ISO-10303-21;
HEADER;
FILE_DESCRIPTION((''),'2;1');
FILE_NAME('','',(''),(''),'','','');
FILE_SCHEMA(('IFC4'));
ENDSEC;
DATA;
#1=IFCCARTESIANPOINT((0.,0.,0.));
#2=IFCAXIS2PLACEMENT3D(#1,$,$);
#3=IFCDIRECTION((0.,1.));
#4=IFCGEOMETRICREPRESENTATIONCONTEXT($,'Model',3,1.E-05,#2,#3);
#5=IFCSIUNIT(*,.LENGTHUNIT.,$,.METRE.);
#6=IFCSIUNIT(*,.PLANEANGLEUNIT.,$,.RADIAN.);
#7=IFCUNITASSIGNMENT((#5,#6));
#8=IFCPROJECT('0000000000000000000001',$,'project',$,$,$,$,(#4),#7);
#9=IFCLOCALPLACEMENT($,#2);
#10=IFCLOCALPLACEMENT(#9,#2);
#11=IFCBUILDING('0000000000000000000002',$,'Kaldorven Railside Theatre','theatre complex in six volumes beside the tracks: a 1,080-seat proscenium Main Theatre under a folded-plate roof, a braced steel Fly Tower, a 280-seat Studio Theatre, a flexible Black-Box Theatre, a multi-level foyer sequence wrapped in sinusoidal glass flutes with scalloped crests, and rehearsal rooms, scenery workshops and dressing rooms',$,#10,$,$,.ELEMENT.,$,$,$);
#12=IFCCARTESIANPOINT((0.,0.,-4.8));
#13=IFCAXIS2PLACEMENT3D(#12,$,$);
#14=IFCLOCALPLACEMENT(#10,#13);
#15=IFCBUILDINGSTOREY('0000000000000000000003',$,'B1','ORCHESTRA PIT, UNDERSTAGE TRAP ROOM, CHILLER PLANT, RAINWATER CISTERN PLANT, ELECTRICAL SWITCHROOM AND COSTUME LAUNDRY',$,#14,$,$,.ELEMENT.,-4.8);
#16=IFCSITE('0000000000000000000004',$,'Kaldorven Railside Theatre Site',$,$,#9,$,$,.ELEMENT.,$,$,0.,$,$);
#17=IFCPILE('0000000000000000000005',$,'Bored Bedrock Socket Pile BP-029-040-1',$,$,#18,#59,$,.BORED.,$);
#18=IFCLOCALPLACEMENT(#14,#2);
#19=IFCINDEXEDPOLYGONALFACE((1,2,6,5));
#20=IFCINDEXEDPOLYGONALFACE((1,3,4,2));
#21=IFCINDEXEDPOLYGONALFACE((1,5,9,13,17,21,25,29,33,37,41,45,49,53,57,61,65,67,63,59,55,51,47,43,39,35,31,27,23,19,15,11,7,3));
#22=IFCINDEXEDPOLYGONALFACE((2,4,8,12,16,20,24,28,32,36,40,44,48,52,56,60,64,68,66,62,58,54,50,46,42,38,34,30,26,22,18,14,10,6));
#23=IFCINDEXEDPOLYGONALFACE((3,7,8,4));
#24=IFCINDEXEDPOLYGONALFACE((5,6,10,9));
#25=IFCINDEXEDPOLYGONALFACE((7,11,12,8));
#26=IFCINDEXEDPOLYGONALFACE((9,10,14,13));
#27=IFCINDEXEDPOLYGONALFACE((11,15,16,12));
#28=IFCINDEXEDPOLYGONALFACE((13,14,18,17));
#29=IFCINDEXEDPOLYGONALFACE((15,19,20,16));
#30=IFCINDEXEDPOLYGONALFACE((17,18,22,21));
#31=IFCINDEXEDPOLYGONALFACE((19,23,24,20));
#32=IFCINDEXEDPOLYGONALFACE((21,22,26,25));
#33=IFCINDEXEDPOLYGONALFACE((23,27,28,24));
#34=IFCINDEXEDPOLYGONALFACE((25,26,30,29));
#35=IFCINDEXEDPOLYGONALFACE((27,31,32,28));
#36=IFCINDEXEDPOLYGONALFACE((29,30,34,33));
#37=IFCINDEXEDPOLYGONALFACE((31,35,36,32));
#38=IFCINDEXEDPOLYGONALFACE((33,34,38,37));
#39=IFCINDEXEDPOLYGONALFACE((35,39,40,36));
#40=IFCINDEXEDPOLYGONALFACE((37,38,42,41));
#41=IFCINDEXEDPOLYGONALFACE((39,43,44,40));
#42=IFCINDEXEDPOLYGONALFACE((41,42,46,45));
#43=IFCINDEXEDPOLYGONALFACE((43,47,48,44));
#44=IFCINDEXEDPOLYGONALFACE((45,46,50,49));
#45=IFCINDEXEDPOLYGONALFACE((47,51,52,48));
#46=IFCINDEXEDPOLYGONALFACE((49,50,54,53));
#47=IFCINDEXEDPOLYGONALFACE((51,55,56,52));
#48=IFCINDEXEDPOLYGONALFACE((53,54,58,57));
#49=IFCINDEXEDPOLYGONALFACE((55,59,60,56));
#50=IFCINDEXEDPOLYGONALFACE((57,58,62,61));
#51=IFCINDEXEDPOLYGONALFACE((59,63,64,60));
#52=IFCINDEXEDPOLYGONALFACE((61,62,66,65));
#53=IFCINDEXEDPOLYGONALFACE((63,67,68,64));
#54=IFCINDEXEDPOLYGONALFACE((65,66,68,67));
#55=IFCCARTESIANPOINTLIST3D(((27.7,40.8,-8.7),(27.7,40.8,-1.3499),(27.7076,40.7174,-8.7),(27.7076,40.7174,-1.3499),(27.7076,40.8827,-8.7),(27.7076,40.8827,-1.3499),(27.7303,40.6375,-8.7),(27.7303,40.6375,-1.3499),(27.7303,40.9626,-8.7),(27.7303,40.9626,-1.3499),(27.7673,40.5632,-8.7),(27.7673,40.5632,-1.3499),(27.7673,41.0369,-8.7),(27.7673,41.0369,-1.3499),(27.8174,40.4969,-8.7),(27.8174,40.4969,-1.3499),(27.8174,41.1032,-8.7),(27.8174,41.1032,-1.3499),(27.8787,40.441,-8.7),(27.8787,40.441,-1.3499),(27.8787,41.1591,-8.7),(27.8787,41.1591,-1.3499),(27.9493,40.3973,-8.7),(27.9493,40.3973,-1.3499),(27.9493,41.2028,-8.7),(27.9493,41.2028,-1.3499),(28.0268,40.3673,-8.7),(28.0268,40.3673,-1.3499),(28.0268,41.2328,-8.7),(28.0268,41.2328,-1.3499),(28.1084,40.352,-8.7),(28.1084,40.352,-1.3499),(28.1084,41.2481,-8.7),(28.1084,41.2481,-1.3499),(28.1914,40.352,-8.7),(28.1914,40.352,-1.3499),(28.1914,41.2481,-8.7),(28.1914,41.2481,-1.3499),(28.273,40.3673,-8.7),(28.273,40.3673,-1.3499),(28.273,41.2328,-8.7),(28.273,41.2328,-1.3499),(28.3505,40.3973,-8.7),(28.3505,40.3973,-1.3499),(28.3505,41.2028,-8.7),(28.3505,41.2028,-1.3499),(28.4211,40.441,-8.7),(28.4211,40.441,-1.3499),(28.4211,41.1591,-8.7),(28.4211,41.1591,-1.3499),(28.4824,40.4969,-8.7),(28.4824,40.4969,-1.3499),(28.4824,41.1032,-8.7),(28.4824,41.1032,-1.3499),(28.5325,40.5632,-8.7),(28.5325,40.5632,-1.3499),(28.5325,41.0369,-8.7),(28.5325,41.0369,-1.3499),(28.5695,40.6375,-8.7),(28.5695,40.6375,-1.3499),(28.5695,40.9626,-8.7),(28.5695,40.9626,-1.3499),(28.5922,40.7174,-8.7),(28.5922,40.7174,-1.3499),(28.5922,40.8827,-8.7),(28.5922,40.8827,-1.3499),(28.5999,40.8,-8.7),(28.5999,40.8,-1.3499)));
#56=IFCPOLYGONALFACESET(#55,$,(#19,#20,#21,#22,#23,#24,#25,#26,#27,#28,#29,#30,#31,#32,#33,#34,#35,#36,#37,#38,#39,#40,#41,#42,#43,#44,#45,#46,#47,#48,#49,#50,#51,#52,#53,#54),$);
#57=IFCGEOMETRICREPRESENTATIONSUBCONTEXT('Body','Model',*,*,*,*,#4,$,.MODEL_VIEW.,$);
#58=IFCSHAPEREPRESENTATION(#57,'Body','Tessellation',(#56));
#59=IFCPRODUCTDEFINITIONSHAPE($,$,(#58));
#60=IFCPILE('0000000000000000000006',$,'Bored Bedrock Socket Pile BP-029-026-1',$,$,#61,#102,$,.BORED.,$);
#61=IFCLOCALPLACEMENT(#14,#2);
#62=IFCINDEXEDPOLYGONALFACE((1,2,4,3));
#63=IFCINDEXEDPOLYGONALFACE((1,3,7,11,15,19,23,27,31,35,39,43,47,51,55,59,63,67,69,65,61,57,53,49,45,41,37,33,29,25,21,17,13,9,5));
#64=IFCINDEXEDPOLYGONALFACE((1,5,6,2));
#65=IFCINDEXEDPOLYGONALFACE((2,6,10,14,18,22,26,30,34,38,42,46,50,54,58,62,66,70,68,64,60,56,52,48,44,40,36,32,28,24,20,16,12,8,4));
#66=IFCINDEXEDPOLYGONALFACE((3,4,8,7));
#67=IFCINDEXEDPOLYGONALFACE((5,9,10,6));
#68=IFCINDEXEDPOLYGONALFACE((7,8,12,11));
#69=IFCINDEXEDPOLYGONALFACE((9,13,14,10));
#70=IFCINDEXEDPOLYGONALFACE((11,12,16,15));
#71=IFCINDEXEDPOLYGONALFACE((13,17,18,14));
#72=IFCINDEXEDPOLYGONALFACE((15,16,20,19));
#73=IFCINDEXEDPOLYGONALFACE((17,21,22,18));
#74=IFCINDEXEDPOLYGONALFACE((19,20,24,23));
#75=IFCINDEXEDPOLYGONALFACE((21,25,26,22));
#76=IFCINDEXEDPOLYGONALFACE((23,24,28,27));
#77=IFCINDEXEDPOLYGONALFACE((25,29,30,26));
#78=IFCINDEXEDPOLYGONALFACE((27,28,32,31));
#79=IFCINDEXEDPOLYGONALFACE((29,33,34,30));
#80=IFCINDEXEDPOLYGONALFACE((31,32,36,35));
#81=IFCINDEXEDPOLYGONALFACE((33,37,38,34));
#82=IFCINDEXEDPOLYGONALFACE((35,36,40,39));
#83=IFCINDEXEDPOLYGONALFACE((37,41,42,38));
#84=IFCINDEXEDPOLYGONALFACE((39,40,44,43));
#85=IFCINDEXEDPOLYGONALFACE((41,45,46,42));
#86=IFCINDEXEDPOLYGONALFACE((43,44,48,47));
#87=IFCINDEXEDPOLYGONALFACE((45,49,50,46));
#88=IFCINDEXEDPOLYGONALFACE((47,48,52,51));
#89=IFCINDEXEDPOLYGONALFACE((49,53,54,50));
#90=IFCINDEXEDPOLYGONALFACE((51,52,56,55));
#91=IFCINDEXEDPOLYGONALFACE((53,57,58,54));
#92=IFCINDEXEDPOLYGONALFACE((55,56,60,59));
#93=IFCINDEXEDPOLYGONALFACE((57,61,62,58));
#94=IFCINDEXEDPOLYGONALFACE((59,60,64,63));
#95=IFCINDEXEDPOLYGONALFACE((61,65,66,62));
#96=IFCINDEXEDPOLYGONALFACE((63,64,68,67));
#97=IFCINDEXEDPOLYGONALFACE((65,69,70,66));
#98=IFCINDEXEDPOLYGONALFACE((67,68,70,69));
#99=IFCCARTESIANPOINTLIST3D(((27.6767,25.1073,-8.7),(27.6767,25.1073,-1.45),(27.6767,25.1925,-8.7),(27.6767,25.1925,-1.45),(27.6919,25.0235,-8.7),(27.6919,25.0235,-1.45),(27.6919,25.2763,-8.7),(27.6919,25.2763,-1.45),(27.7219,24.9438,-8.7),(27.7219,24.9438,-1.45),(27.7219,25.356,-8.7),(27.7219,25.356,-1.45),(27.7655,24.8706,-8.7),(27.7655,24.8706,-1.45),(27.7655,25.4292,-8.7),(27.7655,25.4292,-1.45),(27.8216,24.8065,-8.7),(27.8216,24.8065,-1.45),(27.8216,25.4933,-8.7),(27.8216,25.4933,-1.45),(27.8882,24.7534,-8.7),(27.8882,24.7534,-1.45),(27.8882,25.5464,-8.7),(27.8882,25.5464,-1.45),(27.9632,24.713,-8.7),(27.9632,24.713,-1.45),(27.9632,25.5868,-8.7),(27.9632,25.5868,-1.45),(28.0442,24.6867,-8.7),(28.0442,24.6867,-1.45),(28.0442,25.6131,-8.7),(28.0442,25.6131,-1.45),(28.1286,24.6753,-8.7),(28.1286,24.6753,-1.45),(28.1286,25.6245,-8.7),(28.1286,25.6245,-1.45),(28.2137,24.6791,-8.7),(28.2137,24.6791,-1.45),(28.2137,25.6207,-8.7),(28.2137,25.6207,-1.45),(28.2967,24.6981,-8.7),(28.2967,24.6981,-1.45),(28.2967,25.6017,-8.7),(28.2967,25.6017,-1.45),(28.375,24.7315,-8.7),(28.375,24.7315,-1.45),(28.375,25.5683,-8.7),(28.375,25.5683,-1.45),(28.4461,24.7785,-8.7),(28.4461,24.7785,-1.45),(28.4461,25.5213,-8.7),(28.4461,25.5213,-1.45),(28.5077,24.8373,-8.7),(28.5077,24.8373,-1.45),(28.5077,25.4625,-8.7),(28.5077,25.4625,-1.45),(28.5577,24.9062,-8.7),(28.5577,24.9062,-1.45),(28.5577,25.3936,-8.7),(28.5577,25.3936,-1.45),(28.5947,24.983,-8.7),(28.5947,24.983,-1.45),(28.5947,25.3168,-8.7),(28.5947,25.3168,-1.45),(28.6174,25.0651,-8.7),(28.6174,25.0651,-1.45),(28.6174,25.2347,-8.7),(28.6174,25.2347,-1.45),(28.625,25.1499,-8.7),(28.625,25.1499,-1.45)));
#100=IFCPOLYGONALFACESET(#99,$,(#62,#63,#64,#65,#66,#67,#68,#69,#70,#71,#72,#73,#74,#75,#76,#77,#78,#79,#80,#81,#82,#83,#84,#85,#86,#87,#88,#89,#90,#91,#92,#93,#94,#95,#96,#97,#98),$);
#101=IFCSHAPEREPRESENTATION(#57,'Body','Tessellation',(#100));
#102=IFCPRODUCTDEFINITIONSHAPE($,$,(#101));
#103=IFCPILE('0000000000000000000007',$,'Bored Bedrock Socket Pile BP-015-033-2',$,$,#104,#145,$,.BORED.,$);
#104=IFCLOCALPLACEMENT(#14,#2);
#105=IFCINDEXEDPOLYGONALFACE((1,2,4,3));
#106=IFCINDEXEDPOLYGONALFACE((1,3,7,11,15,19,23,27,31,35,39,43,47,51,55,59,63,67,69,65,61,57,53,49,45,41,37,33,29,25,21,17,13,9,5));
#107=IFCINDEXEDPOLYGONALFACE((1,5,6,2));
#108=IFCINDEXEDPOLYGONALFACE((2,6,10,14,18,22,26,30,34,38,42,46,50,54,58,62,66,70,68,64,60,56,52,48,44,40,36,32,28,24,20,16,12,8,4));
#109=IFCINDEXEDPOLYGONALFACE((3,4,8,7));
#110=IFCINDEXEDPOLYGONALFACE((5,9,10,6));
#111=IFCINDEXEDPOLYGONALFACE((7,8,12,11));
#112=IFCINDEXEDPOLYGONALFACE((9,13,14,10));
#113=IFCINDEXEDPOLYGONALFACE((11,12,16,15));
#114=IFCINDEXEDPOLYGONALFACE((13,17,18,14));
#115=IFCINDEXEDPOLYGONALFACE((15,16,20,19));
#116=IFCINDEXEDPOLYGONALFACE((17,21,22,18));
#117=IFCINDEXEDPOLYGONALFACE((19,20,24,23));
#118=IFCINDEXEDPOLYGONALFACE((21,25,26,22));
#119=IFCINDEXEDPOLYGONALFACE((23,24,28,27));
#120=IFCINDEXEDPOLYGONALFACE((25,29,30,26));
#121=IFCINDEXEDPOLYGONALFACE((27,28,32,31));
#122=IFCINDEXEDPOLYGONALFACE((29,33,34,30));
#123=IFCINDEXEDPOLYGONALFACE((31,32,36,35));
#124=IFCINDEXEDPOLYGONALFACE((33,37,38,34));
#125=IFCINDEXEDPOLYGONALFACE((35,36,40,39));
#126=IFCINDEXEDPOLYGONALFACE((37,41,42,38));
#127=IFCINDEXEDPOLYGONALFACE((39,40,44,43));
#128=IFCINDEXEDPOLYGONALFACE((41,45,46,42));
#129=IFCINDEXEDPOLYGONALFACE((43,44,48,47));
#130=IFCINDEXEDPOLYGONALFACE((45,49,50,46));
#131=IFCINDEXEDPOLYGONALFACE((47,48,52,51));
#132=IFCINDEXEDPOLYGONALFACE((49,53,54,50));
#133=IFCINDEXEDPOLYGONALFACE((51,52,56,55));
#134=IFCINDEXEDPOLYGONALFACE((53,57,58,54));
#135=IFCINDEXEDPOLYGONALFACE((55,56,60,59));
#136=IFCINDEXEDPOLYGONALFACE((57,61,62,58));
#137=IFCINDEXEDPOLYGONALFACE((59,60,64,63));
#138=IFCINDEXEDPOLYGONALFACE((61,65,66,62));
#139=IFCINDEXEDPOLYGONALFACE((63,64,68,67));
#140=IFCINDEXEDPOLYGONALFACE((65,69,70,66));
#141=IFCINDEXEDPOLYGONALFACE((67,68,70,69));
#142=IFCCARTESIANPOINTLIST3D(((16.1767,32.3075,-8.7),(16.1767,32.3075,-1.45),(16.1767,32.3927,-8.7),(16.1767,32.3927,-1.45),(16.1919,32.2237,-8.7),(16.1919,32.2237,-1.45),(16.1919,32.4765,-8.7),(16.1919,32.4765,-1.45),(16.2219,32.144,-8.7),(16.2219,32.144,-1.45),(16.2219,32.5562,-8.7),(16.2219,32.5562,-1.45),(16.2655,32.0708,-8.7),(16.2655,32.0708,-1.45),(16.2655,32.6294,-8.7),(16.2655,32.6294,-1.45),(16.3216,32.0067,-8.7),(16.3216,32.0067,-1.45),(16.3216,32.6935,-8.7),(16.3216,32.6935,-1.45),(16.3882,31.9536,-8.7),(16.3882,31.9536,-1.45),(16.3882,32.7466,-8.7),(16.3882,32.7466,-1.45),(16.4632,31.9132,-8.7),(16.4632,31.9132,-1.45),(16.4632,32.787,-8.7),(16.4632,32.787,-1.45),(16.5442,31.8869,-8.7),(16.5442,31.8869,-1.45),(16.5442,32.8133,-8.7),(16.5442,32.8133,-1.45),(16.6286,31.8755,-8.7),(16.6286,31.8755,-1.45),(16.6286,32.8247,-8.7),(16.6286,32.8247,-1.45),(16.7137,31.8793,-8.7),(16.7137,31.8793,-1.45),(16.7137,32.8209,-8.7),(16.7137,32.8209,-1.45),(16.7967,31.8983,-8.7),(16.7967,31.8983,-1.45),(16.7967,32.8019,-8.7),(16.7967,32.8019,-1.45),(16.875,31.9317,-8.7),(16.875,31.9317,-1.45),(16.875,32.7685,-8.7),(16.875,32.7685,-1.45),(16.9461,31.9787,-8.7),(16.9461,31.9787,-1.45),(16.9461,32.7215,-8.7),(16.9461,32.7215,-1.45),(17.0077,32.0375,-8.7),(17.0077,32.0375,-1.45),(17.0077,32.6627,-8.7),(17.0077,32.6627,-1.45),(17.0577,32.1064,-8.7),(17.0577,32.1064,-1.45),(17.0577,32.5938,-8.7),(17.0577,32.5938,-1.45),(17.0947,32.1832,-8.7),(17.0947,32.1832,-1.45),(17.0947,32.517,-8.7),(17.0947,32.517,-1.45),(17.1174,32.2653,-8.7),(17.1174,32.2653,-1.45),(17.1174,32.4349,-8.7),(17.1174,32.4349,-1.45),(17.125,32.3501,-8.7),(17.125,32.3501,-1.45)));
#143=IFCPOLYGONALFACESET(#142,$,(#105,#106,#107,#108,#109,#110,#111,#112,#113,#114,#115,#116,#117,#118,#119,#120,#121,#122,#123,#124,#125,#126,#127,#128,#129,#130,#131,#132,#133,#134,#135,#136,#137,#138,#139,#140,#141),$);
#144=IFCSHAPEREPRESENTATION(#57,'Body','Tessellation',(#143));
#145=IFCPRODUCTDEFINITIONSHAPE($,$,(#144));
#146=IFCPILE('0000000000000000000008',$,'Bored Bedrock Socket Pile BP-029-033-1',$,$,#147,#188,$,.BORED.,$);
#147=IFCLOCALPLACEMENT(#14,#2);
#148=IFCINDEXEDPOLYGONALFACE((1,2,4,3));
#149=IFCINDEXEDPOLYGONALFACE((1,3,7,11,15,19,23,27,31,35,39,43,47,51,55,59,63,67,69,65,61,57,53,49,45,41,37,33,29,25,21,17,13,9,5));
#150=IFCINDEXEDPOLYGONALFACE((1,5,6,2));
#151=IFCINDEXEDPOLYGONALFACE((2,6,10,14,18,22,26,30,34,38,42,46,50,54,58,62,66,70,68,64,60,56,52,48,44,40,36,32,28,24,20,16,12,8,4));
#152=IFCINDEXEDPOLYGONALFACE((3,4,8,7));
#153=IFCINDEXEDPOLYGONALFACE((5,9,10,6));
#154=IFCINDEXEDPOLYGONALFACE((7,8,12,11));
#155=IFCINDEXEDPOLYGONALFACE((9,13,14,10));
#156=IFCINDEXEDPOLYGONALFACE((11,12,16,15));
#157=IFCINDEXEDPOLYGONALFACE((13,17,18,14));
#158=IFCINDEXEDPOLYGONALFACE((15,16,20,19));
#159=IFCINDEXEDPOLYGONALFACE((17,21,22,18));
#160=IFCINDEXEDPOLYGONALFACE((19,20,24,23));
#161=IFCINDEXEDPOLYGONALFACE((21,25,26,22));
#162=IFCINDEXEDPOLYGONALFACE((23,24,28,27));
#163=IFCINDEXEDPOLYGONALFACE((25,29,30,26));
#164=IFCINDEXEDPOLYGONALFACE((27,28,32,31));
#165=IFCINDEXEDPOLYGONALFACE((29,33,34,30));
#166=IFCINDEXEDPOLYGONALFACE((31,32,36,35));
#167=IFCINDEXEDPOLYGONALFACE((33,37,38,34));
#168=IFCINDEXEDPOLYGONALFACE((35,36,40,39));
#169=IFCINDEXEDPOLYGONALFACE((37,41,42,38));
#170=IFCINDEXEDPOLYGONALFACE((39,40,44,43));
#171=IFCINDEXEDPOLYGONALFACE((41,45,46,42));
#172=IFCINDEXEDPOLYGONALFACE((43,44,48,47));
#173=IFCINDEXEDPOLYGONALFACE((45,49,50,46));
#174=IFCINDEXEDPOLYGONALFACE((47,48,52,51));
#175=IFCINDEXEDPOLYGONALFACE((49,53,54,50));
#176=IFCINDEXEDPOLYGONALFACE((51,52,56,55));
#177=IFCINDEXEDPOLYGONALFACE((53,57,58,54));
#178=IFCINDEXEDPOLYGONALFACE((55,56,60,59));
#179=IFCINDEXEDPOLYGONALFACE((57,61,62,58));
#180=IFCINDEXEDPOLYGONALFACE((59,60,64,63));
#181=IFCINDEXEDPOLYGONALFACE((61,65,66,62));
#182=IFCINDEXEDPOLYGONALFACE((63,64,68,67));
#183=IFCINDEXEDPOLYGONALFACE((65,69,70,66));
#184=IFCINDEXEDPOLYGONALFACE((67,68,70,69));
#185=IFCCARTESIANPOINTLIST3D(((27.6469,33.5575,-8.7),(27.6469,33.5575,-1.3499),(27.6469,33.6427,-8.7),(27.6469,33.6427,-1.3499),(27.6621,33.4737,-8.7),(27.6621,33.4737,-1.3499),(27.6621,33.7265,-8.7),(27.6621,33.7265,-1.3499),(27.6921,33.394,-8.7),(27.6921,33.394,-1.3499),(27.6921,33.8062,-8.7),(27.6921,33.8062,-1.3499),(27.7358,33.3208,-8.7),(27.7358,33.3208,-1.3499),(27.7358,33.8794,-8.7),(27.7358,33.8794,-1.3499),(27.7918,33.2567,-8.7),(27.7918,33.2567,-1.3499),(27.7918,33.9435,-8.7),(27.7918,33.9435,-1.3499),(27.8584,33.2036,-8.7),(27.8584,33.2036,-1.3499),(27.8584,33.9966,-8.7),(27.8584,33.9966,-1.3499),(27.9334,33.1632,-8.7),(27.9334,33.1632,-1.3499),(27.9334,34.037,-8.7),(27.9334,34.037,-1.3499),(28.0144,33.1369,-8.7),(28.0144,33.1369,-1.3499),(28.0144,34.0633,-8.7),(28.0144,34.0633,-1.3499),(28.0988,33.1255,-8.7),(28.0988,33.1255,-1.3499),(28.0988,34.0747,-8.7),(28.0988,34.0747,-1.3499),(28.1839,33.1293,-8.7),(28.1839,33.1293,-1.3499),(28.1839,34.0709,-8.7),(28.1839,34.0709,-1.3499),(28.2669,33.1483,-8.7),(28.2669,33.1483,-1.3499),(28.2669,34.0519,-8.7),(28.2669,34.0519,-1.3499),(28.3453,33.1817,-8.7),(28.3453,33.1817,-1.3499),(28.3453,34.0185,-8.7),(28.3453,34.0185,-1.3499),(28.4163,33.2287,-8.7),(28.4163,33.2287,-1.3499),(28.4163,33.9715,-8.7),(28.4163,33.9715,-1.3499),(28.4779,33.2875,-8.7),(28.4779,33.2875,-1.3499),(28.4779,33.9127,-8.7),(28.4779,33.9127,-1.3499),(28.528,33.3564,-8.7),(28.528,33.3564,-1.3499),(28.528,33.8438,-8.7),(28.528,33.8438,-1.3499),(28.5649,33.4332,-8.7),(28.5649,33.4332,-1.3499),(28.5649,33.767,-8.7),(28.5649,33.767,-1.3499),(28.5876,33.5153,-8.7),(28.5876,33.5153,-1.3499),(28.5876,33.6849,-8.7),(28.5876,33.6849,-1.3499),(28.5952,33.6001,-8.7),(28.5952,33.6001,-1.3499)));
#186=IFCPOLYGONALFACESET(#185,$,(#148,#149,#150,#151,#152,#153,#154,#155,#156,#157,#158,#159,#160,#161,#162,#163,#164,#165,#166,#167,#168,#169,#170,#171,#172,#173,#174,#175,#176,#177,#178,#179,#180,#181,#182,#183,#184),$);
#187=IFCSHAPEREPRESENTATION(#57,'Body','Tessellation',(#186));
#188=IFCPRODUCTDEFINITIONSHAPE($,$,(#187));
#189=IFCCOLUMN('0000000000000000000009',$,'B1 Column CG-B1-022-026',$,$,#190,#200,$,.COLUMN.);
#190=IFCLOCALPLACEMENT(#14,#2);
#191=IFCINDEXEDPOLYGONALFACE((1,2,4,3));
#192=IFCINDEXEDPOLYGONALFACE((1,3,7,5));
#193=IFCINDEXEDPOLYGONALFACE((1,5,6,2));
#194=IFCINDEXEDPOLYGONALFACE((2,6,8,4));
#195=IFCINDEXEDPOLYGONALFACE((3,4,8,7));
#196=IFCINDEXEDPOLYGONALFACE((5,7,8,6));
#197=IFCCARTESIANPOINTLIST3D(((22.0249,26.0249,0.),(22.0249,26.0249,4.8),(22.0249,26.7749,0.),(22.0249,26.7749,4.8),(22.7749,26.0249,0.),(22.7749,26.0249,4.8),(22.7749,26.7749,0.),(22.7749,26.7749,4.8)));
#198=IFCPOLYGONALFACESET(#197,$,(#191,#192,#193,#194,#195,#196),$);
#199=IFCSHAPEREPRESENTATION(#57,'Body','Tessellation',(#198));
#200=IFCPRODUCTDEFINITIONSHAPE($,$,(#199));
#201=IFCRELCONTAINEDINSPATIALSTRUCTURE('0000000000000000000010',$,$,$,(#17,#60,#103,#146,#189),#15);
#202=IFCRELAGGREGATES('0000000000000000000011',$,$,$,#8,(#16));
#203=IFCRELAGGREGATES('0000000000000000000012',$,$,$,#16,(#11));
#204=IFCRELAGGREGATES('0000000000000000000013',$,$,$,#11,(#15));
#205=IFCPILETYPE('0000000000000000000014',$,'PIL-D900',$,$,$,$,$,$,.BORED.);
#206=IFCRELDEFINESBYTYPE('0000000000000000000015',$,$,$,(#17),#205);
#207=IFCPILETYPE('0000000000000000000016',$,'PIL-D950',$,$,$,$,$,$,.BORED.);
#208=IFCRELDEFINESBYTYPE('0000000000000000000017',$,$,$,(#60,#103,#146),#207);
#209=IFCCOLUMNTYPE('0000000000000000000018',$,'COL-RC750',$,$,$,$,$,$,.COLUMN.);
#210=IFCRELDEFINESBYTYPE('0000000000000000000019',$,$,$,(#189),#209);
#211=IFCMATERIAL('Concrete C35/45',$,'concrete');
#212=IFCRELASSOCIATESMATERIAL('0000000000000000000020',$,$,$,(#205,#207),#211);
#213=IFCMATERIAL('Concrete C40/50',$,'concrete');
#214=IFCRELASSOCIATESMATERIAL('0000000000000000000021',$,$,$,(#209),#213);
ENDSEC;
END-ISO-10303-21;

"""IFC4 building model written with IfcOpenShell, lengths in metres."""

from ifc_helpers import new_model, si_unit, direction, frame, origin, origin_2d, place, context, subcontext, project, spatial, rectangle, circle, extrude, material, material_profile, profile_set, type_object, element, save


model = new_model("IFC4")

# Units and contexts
model_context = context("Model", 3, precision=1e-05, world=origin(), true_north=direction((0.0, 1.0)))
body_context = subcontext(model_context, "Body", "Model", "MODEL_VIEW")
ifc_project = project(units=[si_unit("LENGTHUNIT", "METRE"), si_unit("PLANEANGLEUNIT", "RADIAN")], contexts=[model_context])

# Site, building, storey
site_placement = place(None, origin())
site = spatial("IfcSite", under=ifc_project, at=site_placement, Name="Kaldorven Railside Theatre Site", CompositionType="ELEMENT", RefElevation=0.0)
building_placement = place(site_placement, origin())
building = spatial("IfcBuilding", under=site, at=building_placement, Name="Kaldorven Railside Theatre", Description="theatre complex in six volumes beside the tracks: a 1,080-seat proscenium Main Theatre under a folded-plate roof, a braced steel Fly Tower, a 280-seat Studio Theatre, a flexible Black-Box Theatre, a multi-level foyer sequence wrapped in sinusoidal glass flutes with scalloped crests, and rehearsal rooms, scenery workshops and dressing rooms", CompositionType="ELEMENT")
storey_placement = place(building_placement, frame((0.0, 0.0, -4.8)))
storey = spatial("IfcBuildingStorey", under=building, at=storey_placement, Name="B1", Description="ORCHESTRA PIT, UNDERSTAGE TRAP ROOM, CHILLER PLANT, RAINWATER CISTERN PLANT, ELECTRICAL SWITCHROOM AND COSTUME LAUNDRY", CompositionType="ELEMENT", Elevation=-4.8)

# Shared definitions
ifc_material_1 = material(Name="Concrete C40/50", Category="concrete")

# Piles
ifc_material_2 = material(Name="Concrete C35/45", Category="concrete")
ifc_material_profile_1 = material_profile(ifc_material_2, circle(Radius=0.45, at=origin_2d()), Name="BP D900")
ifc_profile_set_1 = profile_set([ifc_material_profile_1], Name="Concrete C35/45")
pile_type_1 = type_object("IfcPileType", Name="PIL-D900", PredefinedType="BORED", material=ifc_profile_set_1)
pile_1_placement = place(storey_placement, frame((28.1499, 40.8, -1.3499), z_axis=(0.0, 0.0, -1.0), x_axis=(1.0, 0.0, 0.0)))
element("IfcPile", 1, at=pile_1_placement, inside=storey, type_object=pile_type_1, Name="Bored Bedrock Socket Pile BP-029-040-1", PredefinedType="BORED", context=body_context, shape_type="SweptSolid", body=[
    extrude(circle(Radius=0.45, at=origin_2d()), origin(), (0.0, 0.0, 1.0), 7.3501),
])
ifc_material_profile_2 = material_profile(ifc_material_2, circle(Radius=0.4751, at=origin_2d()), Name="BP D950")
ifc_profile_set_2 = profile_set([ifc_material_profile_2], Name="Concrete C35/45")
pile_type_2 = type_object("IfcPileType", Name="PIL-D950", PredefinedType="BORED", material=ifc_profile_set_2)
for number, where, z_axis, x_axis, name in (
    (2, (28.1499, 25.1499, -1.45), (0.0, 0.0, -1.0), (1.0, 0.0, 0.0), "Bored Bedrock Socket Pile BP-029-026-1"),
    (3, (16.6499, 32.3501, -1.45), (0.0, 0.0, -1.0), (1.0, 0.0, 0.0), "Bored Bedrock Socket Pile BP-015-033-2"),
):
    element("IfcPile", number, at=place(storey_placement, frame(where, z_axis=z_axis, x_axis=x_axis)), inside=storey, type_object=pile_type_2, Name=name, PredefinedType="BORED", context=body_context, shape_type="SweptSolid", body=[
        extrude(circle(Radius=0.4751, at=origin_2d()), origin(), (0.0, 0.0, 1.0), 7.25),
    ])
pile_2_placement = place(storey_placement, frame((28.1201, 33.6001, -1.3499), z_axis=(0.0, 0.0, -1.0), x_axis=(1.0, 0.0, 0.0)))
element("IfcPile", 4, at=pile_2_placement, inside=storey, type_object=pile_type_2, Name="Bored Bedrock Socket Pile BP-029-033-1", PredefinedType="BORED", context=body_context, shape_type="SweptSolid", body=[
    extrude(circle(Radius=0.4751, at=origin_2d()), origin(), (0.0, 0.0, 1.0), 7.3501),
])

# Column
ifc_material_profile_3 = material_profile(ifc_material_1, rectangle(XDim=0.75, YDim=0.75, at=origin_2d()), Name="RC 750x750")
ifc_profile_set_3 = profile_set([ifc_material_profile_3], Name="Concrete C40/50")
column_type = type_object("IfcColumnType", Name="COL-RC750", PredefinedType="COLUMN", material=ifc_profile_set_3)
for number, where, z_axis, x_axis, name in (
    (5, (22.3999, 26.3999, 0.0), (0.0, 0.0, 1.0), (1.0, 0.0, 0.0), "B1 Column CG-B1-022-026"),
):
    element("IfcColumn", number, at=place(storey_placement, frame(where, z_axis=z_axis, x_axis=x_axis)), inside=storey, type_object=column_type, Name=name, PredefinedType="COLUMN", context=body_context, shape_type="SweptSolid", body=[
        extrude(rectangle(XDim=0.75, YDim=0.75, at=origin_2d()), origin(), (0.0, 0.0, 1.0), 4.8),
    ])

save(model, "model.ifc")
